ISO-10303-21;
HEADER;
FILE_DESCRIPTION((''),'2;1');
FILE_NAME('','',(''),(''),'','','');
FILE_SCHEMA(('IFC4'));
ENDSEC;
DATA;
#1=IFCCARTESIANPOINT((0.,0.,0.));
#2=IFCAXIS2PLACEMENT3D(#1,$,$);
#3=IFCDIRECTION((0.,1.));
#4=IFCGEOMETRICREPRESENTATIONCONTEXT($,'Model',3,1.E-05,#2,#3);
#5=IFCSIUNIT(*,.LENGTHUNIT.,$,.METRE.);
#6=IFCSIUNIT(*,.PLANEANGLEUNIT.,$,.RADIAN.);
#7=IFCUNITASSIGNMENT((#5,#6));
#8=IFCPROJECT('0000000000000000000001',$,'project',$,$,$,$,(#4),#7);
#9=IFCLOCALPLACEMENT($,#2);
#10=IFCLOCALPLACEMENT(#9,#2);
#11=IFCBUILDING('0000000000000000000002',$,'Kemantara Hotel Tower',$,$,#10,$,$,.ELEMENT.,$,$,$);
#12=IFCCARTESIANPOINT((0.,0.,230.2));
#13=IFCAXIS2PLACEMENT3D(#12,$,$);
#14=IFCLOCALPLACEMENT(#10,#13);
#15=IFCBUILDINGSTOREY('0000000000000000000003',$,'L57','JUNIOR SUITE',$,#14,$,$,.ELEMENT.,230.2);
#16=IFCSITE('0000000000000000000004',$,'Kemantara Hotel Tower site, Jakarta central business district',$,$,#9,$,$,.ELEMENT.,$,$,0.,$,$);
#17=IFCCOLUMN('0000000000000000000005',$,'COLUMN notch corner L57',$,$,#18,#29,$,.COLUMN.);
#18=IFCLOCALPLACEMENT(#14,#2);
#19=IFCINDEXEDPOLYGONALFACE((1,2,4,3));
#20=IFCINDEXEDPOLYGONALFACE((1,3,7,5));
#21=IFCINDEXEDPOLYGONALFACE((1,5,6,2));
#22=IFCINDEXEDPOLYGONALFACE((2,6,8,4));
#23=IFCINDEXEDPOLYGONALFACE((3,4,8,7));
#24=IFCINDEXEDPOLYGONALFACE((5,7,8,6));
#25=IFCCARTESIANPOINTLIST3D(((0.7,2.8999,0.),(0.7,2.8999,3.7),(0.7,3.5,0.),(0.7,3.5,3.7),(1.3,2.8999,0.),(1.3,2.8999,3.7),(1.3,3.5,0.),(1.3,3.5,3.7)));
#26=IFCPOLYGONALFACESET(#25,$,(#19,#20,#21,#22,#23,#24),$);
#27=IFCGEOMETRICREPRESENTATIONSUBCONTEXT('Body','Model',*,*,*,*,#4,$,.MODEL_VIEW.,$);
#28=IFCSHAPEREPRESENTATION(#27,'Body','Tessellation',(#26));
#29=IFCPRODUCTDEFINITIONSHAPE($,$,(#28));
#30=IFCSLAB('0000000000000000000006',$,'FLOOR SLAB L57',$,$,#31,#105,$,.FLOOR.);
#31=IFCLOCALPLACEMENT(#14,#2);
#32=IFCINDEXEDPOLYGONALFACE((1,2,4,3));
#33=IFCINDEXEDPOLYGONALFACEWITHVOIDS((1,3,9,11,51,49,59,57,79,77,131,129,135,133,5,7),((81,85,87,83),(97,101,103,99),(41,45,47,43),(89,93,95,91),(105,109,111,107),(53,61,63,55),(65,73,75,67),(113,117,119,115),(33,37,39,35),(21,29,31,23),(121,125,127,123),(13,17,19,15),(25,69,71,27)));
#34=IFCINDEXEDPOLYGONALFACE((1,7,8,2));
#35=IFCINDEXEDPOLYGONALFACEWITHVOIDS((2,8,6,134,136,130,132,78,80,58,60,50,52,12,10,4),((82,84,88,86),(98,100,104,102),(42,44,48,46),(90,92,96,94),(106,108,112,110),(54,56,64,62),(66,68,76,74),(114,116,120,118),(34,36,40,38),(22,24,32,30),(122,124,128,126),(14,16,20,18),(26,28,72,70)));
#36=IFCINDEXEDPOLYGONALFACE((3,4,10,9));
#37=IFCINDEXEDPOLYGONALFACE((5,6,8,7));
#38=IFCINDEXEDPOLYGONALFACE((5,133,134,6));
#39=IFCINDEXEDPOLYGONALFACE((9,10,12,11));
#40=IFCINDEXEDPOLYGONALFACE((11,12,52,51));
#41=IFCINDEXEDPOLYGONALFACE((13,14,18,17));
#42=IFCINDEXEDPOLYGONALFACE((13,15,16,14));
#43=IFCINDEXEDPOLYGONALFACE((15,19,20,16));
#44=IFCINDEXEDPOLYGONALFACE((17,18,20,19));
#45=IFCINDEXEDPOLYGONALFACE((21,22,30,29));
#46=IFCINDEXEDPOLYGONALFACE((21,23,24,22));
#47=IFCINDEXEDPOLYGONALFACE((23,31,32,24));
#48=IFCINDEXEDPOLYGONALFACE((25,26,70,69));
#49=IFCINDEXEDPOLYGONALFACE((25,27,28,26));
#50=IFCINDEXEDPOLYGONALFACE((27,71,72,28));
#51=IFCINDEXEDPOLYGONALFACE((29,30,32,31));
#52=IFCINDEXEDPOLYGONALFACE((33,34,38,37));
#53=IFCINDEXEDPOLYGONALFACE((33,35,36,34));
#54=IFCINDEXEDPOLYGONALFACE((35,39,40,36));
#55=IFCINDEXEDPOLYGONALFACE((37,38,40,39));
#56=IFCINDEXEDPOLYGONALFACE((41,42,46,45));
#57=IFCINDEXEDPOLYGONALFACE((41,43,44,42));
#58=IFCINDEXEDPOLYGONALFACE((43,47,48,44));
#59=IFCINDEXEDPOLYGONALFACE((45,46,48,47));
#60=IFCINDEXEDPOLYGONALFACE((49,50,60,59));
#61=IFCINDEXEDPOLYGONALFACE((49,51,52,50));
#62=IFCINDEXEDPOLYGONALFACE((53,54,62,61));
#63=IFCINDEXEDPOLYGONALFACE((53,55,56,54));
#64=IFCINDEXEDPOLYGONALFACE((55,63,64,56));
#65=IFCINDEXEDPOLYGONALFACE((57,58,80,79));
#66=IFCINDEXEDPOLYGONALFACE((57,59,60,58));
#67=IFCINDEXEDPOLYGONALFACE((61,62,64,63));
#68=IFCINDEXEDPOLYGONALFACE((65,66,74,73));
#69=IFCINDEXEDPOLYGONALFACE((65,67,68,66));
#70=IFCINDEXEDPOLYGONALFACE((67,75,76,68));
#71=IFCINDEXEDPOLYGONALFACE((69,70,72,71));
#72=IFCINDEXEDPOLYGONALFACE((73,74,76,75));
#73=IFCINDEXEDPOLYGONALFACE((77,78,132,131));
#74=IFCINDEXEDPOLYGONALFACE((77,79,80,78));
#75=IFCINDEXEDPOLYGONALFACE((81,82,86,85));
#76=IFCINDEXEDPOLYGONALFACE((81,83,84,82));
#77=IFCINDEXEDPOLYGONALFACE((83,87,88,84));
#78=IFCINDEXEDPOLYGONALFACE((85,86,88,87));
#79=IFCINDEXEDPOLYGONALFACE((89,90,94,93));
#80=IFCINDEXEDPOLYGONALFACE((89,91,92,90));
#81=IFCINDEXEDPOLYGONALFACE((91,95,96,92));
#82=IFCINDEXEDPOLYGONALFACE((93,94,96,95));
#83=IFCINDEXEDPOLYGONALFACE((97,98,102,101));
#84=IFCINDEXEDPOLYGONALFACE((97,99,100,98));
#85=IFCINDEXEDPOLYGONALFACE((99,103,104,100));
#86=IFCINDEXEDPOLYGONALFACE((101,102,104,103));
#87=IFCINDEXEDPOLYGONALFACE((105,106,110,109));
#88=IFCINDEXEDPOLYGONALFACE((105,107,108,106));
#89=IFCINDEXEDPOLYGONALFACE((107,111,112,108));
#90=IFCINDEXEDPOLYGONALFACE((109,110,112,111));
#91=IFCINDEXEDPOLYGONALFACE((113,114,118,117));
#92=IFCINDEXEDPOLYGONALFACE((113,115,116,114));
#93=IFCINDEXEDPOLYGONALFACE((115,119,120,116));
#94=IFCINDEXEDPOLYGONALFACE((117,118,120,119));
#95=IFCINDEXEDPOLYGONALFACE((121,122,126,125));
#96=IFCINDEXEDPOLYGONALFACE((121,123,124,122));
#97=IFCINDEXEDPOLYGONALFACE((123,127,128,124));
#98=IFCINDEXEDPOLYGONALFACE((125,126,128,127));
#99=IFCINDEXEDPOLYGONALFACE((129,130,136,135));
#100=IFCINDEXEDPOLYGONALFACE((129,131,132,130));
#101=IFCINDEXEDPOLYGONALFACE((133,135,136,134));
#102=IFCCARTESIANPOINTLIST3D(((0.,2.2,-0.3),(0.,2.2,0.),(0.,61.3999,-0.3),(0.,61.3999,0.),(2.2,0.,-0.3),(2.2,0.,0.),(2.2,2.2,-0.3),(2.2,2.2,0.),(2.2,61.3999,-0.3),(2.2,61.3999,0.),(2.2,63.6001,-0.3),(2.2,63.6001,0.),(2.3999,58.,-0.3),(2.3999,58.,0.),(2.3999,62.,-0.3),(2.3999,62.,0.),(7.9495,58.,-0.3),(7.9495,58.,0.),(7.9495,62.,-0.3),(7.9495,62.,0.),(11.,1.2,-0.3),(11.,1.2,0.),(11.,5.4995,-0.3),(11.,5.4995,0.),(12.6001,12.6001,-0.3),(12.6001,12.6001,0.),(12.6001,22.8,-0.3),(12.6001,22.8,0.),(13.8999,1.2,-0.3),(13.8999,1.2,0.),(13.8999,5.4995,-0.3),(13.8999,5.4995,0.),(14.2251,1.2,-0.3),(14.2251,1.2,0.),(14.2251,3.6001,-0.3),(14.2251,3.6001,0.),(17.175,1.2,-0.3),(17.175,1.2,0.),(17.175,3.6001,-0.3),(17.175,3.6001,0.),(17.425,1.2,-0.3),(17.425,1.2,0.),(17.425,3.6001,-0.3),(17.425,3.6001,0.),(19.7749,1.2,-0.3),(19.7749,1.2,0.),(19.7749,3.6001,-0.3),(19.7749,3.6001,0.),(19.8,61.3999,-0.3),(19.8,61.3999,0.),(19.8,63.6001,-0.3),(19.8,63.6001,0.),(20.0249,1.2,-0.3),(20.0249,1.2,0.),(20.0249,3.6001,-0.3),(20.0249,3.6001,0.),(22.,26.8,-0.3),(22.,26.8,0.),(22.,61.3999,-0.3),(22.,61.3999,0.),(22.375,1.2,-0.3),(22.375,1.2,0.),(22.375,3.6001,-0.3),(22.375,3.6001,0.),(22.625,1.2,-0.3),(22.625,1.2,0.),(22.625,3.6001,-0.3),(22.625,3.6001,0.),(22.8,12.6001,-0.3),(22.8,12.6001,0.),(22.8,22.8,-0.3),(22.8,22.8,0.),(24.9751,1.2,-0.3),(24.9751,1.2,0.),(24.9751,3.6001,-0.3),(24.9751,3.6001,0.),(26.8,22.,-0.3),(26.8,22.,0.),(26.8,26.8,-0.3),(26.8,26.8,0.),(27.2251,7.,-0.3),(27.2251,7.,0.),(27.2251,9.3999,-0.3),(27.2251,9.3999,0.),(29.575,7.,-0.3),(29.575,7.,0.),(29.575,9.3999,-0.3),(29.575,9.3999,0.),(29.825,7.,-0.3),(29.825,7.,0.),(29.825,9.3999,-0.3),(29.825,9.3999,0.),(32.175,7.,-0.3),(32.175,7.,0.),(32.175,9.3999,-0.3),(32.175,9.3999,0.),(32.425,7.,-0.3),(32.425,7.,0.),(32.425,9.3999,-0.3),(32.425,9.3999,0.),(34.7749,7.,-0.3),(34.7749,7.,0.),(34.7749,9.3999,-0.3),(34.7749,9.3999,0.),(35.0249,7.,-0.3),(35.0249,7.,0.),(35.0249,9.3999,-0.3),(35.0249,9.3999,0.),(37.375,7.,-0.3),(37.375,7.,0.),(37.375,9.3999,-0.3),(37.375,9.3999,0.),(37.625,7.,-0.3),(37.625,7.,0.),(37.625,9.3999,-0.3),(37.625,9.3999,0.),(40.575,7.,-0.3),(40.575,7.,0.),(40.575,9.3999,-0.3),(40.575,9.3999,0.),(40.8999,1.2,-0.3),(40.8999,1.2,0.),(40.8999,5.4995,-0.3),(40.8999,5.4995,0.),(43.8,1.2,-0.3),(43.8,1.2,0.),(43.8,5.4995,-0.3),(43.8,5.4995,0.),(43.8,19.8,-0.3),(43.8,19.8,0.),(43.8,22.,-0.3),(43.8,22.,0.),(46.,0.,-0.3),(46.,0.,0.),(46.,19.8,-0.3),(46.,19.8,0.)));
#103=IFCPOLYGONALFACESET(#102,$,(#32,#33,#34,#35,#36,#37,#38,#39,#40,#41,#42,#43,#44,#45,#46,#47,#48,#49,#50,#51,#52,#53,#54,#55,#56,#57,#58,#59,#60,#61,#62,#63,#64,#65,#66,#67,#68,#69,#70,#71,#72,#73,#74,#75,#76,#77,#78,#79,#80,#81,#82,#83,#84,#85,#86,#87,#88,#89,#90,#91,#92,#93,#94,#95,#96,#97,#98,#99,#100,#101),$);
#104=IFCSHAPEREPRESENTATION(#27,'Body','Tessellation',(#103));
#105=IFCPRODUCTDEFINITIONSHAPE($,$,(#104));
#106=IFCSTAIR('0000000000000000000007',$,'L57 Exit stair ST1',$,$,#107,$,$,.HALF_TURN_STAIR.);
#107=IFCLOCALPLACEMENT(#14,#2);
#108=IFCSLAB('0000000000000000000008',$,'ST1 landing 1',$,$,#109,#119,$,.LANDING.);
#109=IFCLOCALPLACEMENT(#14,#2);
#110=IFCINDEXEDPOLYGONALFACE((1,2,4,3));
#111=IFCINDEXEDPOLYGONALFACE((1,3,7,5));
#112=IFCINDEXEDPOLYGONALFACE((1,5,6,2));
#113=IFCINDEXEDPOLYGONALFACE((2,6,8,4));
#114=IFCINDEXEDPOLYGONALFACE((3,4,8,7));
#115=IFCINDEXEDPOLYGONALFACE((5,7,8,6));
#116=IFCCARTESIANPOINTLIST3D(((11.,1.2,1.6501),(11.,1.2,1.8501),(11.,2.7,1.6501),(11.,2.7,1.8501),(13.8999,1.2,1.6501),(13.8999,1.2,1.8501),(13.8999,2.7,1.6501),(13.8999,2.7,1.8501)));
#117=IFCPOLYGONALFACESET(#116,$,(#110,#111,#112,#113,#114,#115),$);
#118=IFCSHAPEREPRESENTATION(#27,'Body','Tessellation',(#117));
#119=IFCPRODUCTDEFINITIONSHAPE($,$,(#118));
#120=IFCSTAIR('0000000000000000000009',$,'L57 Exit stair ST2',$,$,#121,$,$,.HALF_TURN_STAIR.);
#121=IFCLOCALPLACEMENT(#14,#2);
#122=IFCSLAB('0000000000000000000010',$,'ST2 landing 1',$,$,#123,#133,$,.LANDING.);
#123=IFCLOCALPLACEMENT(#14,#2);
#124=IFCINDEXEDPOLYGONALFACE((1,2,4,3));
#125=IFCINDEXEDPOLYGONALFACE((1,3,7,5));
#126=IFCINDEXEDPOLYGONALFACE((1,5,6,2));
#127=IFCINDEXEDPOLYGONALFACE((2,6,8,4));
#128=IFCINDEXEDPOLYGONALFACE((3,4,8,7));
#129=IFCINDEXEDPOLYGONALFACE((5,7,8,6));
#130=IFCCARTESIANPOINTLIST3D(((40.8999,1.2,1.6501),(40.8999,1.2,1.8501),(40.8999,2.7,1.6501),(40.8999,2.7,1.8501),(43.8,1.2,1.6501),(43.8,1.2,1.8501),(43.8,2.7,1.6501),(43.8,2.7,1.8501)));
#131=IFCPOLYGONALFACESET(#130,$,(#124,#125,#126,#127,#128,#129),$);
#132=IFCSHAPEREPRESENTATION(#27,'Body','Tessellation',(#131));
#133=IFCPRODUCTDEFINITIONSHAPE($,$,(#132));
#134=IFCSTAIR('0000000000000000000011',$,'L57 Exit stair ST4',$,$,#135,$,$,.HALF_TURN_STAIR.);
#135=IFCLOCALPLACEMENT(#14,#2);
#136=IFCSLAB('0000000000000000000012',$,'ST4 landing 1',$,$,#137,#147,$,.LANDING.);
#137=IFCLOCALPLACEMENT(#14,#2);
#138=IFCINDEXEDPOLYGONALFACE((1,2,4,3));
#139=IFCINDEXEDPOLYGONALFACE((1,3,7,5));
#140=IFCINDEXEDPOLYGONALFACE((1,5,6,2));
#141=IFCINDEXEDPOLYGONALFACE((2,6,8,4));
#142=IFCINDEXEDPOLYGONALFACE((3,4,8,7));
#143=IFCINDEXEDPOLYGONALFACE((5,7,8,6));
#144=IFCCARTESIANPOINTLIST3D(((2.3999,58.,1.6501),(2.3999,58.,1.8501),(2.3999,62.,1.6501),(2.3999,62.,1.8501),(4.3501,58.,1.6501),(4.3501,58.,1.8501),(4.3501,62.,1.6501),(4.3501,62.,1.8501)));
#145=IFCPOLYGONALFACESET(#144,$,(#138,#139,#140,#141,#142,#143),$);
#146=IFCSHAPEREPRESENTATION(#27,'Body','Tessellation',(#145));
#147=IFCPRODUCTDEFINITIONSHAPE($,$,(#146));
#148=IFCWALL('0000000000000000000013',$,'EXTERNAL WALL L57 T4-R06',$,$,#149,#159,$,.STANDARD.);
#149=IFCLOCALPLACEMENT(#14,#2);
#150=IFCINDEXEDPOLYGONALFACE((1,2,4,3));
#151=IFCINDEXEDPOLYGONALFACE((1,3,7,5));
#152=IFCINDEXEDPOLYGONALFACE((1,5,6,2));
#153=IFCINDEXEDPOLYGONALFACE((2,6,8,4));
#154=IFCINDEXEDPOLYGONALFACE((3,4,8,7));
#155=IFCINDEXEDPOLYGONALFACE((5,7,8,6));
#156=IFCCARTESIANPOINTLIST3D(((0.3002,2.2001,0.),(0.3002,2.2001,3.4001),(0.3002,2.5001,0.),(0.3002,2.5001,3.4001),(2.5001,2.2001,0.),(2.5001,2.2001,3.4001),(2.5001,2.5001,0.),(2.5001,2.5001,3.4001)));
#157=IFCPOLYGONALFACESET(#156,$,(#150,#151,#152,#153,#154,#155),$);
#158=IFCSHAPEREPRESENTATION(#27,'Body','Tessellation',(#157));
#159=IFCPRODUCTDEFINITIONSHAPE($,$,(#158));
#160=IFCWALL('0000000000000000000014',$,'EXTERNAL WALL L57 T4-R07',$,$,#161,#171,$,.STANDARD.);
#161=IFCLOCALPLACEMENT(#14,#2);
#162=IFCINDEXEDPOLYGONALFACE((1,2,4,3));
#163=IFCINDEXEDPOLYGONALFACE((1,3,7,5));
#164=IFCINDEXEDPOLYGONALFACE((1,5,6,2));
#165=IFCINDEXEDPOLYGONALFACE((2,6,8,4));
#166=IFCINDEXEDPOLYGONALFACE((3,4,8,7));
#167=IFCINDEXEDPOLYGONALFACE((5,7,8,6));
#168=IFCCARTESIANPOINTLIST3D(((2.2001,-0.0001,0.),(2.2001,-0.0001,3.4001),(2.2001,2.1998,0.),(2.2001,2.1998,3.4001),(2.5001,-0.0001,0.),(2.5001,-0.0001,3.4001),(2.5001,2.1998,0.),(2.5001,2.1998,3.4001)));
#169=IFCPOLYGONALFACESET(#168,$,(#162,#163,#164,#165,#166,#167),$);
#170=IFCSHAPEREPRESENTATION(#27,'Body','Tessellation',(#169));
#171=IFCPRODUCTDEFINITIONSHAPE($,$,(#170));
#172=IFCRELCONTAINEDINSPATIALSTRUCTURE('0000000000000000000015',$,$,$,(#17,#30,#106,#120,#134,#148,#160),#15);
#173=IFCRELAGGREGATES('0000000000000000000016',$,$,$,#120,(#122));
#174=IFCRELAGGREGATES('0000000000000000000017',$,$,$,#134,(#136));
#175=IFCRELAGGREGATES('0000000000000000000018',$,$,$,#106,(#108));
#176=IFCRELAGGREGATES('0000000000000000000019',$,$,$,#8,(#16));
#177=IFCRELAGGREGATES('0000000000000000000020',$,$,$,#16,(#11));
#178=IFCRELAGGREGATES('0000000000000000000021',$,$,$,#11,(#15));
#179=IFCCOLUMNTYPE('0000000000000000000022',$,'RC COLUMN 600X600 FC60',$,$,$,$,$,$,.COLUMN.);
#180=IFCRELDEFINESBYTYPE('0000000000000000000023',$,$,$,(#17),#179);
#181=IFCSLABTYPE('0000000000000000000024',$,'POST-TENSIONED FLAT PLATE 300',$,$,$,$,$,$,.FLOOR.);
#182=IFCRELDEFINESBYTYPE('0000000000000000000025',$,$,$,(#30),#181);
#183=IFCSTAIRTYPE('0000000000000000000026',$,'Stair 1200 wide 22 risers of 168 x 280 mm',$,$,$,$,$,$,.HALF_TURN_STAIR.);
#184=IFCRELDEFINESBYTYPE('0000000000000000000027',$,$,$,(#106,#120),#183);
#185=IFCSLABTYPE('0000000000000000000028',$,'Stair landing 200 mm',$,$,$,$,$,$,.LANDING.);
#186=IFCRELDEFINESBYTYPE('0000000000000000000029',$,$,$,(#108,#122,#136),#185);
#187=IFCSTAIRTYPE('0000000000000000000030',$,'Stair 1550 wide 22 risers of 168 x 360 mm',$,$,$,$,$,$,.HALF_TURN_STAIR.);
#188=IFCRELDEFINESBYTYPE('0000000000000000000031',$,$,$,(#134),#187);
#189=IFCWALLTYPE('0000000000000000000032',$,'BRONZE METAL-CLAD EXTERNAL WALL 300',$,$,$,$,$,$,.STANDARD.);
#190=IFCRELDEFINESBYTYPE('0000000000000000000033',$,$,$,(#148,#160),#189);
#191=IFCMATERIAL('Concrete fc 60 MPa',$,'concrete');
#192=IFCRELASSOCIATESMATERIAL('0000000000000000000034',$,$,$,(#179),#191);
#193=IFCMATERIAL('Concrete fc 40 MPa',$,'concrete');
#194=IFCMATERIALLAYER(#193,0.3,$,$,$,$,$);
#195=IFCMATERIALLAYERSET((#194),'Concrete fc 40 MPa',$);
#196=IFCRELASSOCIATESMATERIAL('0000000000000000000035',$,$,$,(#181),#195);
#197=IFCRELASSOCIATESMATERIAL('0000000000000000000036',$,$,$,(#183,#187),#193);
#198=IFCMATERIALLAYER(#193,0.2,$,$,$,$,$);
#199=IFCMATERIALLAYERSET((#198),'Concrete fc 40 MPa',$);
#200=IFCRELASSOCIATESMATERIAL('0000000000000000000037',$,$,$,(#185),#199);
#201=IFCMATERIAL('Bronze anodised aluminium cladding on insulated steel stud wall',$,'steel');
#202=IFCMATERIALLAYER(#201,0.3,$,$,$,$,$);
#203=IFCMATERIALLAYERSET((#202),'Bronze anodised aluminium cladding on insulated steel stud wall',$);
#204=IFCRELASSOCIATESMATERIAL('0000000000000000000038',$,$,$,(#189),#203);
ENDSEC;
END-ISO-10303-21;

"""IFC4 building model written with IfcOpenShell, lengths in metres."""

from ifc_helpers import new_model, si_unit, direction, frame, frame_2d, origin, origin_2d, place, context, subcontext, project, spatial, polyline, rectangle, outline, extrude, material, layer, layer_set, material_profile, profile_set, type_object, element, aggregate, save


model = new_model("IFC4")

# Units and contexts
model_context = context("Model", 3, precision=1e-05, world=origin(), true_north=direction((0.0, 1.0)))
body_context = subcontext(model_context, "Body", "Model", "MODEL_VIEW")
ifc_project = project(units=[si_unit("LENGTHUNIT", "METRE"), si_unit("PLANEANGLEUNIT", "RADIAN")], contexts=[model_context])

# Site, building, storey
site_placement = place(None, origin())
site = spatial("IfcSite", under=ifc_project, at=site_placement, Name="Kemantara Hotel Tower site, Jakarta central business district", CompositionType="ELEMENT", RefElevation=0.0)
building_placement = place(site_placement, origin())
building = spatial("IfcBuilding", under=site, at=building_placement, Name="Kemantara Hotel Tower", CompositionType="ELEMENT")
storey_placement = place(building_placement, frame((0.0, 0.0, 230.2)))
storey = spatial("IfcBuildingStorey", under=building, at=storey_placement, Name="L57", Description="JUNIOR SUITE", CompositionType="ELEMENT", Elevation=230.2)

# Column
ifc_material_1 = material(Name="Concrete fc 60 MPa", Category="concrete")
ifc_material_profile = material_profile(ifc_material_1, rectangle(XDim=0.6001, YDim=0.6001, at=origin_2d()), Name="RC 600X600")
ifc_profile_set = profile_set([ifc_material_profile], Name="Concrete fc 60 MPa")
column_type = type_object("IfcColumnType", Name="RC COLUMN 600X600 FC60", PredefinedType="COLUMN", material=ifc_profile_set)
column_placement = place(storey_placement, frame((1.0, 3.2, 0.0), z_axis=(0.0, 0.0, 1.0), x_axis=(1.0, 0.0, 0.0)))
element("IfcColumn", 1, at=column_placement, inside=storey, type_object=column_type, Name="COLUMN notch corner L57", PredefinedType="COLUMN", context=body_context, shape_type="SweptSolid", body=[
    extrude(rectangle(XDim=0.6001, YDim=0.6001, at=origin_2d()), origin(), (0.0, 0.0, 1.0), 3.7),
])

# Slab
ifc_material_2 = material(Name="Concrete fc 40 MPa", Category="concrete")
ifc_layer_1 = layer(ifc_material_2, 0.3)
ifc_layer_set_1 = layer_set([ifc_layer_1], Name="Concrete fc 40 MPa")
slab_type_1 = type_object("IfcSlabType", Name="POST-TENSIONED FLAT PLATE 300", PredefinedType="FLOOR", material=ifc_layer_set_1)
slab_1_placement = place(storey_placement, frame((0.0, 0.0, -0.3)))
element("IfcSlab", 2, at=slab_1_placement, inside=storey, type_object=slab_type_1, Name="FLOOR SLAB L57", PredefinedType="FLOOR", context=body_context, shape_type="SweptSolid", body=[
    extrude(outline(polyline([(22.0, 26.8), (22.0, 61.3999), (19.8, 61.3999), (19.8, 63.6001), (2.2, 63.6001), (2.2, 61.3999), (0.0, 61.3999), (0.0, 2.2), (2.2, 2.2), (2.2, 0.0), (46.0, 0.0), (46.0, 19.8), (43.8, 19.8), (43.8, 22.0), (26.8, 22.0), (26.8, 26.8), (22.0, 26.8)]), holes=[polyline([(17.175, 3.6001), (17.175, 1.2), (14.2251, 1.2), (14.2251, 3.6001), (17.175, 3.6001)]), polyline([(19.7749, 1.2), (17.425, 1.2), (17.425, 3.6001), (19.7749, 3.6001), (19.7749, 1.2)]), polyline([(22.375, 1.2), (20.0249, 1.2), (20.0249, 3.6001), (22.375, 3.6001), (22.375, 1.2)]), polyline([(24.9751, 3.6001), (24.9751, 1.2), (22.625, 1.2), (22.625, 3.6001), (24.9751, 3.6001)]), polyline([(11.0, 1.2), (11.0, 5.4995), (13.8999, 5.4995), (13.8999, 1.2), (11.0, 1.2)]), polyline([(22.8, 12.6001), (12.6001, 12.6001), (12.6001, 22.8), (22.8, 22.8), (22.8, 12.6001)]), polyline([(2.3999, 58.0), (2.3999, 62.0), (7.9495, 62.0), (7.9495, 58.0), (2.3999, 58.0)]), polyline([(40.8999, 1.2), (40.8999, 5.4995), (43.8, 5.4995), (43.8, 1.2), (40.8999, 1.2)]), polyline([(29.575, 7.0), (27.2251, 7.0), (27.2251, 9.3999), (29.575, 9.3999), (29.575, 7.0)]), polyline([(32.175, 7.0), (29.825, 7.0), (29.825, 9.3999), (32.175, 9.3999), (32.175, 7.0)]), polyline([(34.7749, 7.0), (32.425, 7.0), (32.425, 9.3999), (34.7749, 9.3999), (34.7749, 7.0)]), polyline([(37.375, 7.0), (35.0249, 7.0), (35.0249, 9.3999), (37.375, 9.3999), (37.375, 7.0)]), polyline([(40.575, 7.0), (37.625, 7.0), (37.625, 9.3999), (40.575, 9.3999), (40.575, 7.0)])]), origin(), (0.0, 0.0, 1.0), 0.3),
])

# Stairs, slabs
stair_type_1 = type_object("IfcStairType", Name="Stair 1200 wide 22 risers of 168 x 280 mm", PredefinedType="HALF_TURN_STAIR", material=ifc_material_2)
stair_1_placement = place(storey_placement, origin())
stair_1 = element("IfcStair", 3, at=stair_1_placement, inside=storey, type_object=stair_type_1, Name="L57 Exit stair ST1", PredefinedType="HALF_TURN_STAIR")
ifc_layer_2 = layer(ifc_material_2, 0.2)
ifc_layer_set_2 = layer_set([ifc_layer_2], Name="Concrete fc 40 MPa")
slab_type_2 = type_object("IfcSlabType", Name="Stair landing 200 mm", PredefinedType="LANDING", material=ifc_layer_set_2)
slab_2_placement = place(storey_placement, frame((0.0, 0.0, 1.6501)))
slab_2 = element("IfcSlab", 4, at=slab_2_placement, type_object=slab_type_2, Name="ST1 landing 1", PredefinedType="LANDING", context=body_context, shape_type="SweptSolid", body=[
    extrude(outline(polyline([(11.0, 2.7), (11.0, 1.2), (13.8999, 1.2), (13.8999, 2.7), (11.0, 2.7)])), origin(), (0.0, 0.0, 1.0), 0.2),
])
stair_2_placement = place(storey_placement, origin())
stair_2 = element("IfcStair", 5, at=stair_2_placement, inside=storey, type_object=stair_type_1, Name="L57 Exit stair ST2", PredefinedType="HALF_TURN_STAIR")
slab_3_placement = place(storey_placement, frame((0.0, 0.0, 1.6501)))
slab_3 = element("IfcSlab", 6, at=slab_3_placement, type_object=slab_type_2, Name="ST2 landing 1", PredefinedType="LANDING", context=body_context, shape_type="SweptSolid", body=[
    extrude(outline(polyline([(40.8999, 2.7), (40.8999, 1.2), (43.8, 1.2), (43.8, 2.7), (40.8999, 2.7)])), origin(), (0.0, 0.0, 1.0), 0.2),
])
aggregate(stair_2, [slab_3])
stair_type_2 = type_object("IfcStairType", Name="Stair 1550 wide 22 risers of 168 x 360 mm", PredefinedType="HALF_TURN_STAIR", material=ifc_material_2)
stair_3_placement = place(storey_placement, origin())
stair_3 = element("IfcStair", 7, at=stair_3_placement, inside=storey, type_object=stair_type_2, Name="L57 Exit stair ST4", PredefinedType="HALF_TURN_STAIR")
slab_4_placement = place(storey_placement, frame((0.0, 0.0, 1.6501)))
slab_4 = element("IfcSlab", 8, at=slab_4_placement, type_object=slab_type_2, Name="ST4 landing 1", PredefinedType="LANDING", context=body_context, shape_type="SweptSolid", body=[
    extrude(outline(polyline([(4.3501, 62.0), (2.3999, 62.0), (2.3999, 58.0), (4.3501, 58.0), (4.3501, 62.0)])), origin(), (0.0, 0.0, 1.0), 0.2),
])
aggregate(stair_3, [slab_4])

# Walls
ifc_material_3 = material(Name="Bronze anodised aluminium cladding on insulated steel stud wall", Category="steel")
ifc_layer_3 = layer(ifc_material_3, 0.3)
ifc_layer_set_3 = layer_set([ifc_layer_3], Name="Bronze anodised aluminium cladding on insulated steel stud wall")
wall_type_1 = type_object("IfcWallType", Name="BRONZE METAL-CLAD EXTERNAL WALL 300", PredefinedType="STANDARD", material=ifc_layer_set_3)
for number, where, z_axis, x_axis, name in (
    (9, (0.3, 2.3501, 0.0), (0.0, 0.0, 1.0), (1.0, 0.0, 0.0), "EXTERNAL WALL L57 T4-R06"),
    (10, (2.3501, 2.2, 0.0), (0.0, 0.0, 1.0), (0.0, -1.0, 0.0), "EXTERNAL WALL L57 T4-R07"),
):
    element("IfcWall", number, at=place(storey_placement, frame(where, z_axis=z_axis, x_axis=x_axis)), inside=storey, type_object=wall_type_1, Name=name, PredefinedType="STANDARD", context=body_context, shape_type="SweptSolid", body=[
        extrude(rectangle(XDim=2.2, YDim=0.3, at=frame_2d((1.1001, 0.0))), origin(), (0.0, 0.0, 1.0), 3.4001),
    ])

aggregate(stair_1, [slab_2])

save(model, "model.ifc")
